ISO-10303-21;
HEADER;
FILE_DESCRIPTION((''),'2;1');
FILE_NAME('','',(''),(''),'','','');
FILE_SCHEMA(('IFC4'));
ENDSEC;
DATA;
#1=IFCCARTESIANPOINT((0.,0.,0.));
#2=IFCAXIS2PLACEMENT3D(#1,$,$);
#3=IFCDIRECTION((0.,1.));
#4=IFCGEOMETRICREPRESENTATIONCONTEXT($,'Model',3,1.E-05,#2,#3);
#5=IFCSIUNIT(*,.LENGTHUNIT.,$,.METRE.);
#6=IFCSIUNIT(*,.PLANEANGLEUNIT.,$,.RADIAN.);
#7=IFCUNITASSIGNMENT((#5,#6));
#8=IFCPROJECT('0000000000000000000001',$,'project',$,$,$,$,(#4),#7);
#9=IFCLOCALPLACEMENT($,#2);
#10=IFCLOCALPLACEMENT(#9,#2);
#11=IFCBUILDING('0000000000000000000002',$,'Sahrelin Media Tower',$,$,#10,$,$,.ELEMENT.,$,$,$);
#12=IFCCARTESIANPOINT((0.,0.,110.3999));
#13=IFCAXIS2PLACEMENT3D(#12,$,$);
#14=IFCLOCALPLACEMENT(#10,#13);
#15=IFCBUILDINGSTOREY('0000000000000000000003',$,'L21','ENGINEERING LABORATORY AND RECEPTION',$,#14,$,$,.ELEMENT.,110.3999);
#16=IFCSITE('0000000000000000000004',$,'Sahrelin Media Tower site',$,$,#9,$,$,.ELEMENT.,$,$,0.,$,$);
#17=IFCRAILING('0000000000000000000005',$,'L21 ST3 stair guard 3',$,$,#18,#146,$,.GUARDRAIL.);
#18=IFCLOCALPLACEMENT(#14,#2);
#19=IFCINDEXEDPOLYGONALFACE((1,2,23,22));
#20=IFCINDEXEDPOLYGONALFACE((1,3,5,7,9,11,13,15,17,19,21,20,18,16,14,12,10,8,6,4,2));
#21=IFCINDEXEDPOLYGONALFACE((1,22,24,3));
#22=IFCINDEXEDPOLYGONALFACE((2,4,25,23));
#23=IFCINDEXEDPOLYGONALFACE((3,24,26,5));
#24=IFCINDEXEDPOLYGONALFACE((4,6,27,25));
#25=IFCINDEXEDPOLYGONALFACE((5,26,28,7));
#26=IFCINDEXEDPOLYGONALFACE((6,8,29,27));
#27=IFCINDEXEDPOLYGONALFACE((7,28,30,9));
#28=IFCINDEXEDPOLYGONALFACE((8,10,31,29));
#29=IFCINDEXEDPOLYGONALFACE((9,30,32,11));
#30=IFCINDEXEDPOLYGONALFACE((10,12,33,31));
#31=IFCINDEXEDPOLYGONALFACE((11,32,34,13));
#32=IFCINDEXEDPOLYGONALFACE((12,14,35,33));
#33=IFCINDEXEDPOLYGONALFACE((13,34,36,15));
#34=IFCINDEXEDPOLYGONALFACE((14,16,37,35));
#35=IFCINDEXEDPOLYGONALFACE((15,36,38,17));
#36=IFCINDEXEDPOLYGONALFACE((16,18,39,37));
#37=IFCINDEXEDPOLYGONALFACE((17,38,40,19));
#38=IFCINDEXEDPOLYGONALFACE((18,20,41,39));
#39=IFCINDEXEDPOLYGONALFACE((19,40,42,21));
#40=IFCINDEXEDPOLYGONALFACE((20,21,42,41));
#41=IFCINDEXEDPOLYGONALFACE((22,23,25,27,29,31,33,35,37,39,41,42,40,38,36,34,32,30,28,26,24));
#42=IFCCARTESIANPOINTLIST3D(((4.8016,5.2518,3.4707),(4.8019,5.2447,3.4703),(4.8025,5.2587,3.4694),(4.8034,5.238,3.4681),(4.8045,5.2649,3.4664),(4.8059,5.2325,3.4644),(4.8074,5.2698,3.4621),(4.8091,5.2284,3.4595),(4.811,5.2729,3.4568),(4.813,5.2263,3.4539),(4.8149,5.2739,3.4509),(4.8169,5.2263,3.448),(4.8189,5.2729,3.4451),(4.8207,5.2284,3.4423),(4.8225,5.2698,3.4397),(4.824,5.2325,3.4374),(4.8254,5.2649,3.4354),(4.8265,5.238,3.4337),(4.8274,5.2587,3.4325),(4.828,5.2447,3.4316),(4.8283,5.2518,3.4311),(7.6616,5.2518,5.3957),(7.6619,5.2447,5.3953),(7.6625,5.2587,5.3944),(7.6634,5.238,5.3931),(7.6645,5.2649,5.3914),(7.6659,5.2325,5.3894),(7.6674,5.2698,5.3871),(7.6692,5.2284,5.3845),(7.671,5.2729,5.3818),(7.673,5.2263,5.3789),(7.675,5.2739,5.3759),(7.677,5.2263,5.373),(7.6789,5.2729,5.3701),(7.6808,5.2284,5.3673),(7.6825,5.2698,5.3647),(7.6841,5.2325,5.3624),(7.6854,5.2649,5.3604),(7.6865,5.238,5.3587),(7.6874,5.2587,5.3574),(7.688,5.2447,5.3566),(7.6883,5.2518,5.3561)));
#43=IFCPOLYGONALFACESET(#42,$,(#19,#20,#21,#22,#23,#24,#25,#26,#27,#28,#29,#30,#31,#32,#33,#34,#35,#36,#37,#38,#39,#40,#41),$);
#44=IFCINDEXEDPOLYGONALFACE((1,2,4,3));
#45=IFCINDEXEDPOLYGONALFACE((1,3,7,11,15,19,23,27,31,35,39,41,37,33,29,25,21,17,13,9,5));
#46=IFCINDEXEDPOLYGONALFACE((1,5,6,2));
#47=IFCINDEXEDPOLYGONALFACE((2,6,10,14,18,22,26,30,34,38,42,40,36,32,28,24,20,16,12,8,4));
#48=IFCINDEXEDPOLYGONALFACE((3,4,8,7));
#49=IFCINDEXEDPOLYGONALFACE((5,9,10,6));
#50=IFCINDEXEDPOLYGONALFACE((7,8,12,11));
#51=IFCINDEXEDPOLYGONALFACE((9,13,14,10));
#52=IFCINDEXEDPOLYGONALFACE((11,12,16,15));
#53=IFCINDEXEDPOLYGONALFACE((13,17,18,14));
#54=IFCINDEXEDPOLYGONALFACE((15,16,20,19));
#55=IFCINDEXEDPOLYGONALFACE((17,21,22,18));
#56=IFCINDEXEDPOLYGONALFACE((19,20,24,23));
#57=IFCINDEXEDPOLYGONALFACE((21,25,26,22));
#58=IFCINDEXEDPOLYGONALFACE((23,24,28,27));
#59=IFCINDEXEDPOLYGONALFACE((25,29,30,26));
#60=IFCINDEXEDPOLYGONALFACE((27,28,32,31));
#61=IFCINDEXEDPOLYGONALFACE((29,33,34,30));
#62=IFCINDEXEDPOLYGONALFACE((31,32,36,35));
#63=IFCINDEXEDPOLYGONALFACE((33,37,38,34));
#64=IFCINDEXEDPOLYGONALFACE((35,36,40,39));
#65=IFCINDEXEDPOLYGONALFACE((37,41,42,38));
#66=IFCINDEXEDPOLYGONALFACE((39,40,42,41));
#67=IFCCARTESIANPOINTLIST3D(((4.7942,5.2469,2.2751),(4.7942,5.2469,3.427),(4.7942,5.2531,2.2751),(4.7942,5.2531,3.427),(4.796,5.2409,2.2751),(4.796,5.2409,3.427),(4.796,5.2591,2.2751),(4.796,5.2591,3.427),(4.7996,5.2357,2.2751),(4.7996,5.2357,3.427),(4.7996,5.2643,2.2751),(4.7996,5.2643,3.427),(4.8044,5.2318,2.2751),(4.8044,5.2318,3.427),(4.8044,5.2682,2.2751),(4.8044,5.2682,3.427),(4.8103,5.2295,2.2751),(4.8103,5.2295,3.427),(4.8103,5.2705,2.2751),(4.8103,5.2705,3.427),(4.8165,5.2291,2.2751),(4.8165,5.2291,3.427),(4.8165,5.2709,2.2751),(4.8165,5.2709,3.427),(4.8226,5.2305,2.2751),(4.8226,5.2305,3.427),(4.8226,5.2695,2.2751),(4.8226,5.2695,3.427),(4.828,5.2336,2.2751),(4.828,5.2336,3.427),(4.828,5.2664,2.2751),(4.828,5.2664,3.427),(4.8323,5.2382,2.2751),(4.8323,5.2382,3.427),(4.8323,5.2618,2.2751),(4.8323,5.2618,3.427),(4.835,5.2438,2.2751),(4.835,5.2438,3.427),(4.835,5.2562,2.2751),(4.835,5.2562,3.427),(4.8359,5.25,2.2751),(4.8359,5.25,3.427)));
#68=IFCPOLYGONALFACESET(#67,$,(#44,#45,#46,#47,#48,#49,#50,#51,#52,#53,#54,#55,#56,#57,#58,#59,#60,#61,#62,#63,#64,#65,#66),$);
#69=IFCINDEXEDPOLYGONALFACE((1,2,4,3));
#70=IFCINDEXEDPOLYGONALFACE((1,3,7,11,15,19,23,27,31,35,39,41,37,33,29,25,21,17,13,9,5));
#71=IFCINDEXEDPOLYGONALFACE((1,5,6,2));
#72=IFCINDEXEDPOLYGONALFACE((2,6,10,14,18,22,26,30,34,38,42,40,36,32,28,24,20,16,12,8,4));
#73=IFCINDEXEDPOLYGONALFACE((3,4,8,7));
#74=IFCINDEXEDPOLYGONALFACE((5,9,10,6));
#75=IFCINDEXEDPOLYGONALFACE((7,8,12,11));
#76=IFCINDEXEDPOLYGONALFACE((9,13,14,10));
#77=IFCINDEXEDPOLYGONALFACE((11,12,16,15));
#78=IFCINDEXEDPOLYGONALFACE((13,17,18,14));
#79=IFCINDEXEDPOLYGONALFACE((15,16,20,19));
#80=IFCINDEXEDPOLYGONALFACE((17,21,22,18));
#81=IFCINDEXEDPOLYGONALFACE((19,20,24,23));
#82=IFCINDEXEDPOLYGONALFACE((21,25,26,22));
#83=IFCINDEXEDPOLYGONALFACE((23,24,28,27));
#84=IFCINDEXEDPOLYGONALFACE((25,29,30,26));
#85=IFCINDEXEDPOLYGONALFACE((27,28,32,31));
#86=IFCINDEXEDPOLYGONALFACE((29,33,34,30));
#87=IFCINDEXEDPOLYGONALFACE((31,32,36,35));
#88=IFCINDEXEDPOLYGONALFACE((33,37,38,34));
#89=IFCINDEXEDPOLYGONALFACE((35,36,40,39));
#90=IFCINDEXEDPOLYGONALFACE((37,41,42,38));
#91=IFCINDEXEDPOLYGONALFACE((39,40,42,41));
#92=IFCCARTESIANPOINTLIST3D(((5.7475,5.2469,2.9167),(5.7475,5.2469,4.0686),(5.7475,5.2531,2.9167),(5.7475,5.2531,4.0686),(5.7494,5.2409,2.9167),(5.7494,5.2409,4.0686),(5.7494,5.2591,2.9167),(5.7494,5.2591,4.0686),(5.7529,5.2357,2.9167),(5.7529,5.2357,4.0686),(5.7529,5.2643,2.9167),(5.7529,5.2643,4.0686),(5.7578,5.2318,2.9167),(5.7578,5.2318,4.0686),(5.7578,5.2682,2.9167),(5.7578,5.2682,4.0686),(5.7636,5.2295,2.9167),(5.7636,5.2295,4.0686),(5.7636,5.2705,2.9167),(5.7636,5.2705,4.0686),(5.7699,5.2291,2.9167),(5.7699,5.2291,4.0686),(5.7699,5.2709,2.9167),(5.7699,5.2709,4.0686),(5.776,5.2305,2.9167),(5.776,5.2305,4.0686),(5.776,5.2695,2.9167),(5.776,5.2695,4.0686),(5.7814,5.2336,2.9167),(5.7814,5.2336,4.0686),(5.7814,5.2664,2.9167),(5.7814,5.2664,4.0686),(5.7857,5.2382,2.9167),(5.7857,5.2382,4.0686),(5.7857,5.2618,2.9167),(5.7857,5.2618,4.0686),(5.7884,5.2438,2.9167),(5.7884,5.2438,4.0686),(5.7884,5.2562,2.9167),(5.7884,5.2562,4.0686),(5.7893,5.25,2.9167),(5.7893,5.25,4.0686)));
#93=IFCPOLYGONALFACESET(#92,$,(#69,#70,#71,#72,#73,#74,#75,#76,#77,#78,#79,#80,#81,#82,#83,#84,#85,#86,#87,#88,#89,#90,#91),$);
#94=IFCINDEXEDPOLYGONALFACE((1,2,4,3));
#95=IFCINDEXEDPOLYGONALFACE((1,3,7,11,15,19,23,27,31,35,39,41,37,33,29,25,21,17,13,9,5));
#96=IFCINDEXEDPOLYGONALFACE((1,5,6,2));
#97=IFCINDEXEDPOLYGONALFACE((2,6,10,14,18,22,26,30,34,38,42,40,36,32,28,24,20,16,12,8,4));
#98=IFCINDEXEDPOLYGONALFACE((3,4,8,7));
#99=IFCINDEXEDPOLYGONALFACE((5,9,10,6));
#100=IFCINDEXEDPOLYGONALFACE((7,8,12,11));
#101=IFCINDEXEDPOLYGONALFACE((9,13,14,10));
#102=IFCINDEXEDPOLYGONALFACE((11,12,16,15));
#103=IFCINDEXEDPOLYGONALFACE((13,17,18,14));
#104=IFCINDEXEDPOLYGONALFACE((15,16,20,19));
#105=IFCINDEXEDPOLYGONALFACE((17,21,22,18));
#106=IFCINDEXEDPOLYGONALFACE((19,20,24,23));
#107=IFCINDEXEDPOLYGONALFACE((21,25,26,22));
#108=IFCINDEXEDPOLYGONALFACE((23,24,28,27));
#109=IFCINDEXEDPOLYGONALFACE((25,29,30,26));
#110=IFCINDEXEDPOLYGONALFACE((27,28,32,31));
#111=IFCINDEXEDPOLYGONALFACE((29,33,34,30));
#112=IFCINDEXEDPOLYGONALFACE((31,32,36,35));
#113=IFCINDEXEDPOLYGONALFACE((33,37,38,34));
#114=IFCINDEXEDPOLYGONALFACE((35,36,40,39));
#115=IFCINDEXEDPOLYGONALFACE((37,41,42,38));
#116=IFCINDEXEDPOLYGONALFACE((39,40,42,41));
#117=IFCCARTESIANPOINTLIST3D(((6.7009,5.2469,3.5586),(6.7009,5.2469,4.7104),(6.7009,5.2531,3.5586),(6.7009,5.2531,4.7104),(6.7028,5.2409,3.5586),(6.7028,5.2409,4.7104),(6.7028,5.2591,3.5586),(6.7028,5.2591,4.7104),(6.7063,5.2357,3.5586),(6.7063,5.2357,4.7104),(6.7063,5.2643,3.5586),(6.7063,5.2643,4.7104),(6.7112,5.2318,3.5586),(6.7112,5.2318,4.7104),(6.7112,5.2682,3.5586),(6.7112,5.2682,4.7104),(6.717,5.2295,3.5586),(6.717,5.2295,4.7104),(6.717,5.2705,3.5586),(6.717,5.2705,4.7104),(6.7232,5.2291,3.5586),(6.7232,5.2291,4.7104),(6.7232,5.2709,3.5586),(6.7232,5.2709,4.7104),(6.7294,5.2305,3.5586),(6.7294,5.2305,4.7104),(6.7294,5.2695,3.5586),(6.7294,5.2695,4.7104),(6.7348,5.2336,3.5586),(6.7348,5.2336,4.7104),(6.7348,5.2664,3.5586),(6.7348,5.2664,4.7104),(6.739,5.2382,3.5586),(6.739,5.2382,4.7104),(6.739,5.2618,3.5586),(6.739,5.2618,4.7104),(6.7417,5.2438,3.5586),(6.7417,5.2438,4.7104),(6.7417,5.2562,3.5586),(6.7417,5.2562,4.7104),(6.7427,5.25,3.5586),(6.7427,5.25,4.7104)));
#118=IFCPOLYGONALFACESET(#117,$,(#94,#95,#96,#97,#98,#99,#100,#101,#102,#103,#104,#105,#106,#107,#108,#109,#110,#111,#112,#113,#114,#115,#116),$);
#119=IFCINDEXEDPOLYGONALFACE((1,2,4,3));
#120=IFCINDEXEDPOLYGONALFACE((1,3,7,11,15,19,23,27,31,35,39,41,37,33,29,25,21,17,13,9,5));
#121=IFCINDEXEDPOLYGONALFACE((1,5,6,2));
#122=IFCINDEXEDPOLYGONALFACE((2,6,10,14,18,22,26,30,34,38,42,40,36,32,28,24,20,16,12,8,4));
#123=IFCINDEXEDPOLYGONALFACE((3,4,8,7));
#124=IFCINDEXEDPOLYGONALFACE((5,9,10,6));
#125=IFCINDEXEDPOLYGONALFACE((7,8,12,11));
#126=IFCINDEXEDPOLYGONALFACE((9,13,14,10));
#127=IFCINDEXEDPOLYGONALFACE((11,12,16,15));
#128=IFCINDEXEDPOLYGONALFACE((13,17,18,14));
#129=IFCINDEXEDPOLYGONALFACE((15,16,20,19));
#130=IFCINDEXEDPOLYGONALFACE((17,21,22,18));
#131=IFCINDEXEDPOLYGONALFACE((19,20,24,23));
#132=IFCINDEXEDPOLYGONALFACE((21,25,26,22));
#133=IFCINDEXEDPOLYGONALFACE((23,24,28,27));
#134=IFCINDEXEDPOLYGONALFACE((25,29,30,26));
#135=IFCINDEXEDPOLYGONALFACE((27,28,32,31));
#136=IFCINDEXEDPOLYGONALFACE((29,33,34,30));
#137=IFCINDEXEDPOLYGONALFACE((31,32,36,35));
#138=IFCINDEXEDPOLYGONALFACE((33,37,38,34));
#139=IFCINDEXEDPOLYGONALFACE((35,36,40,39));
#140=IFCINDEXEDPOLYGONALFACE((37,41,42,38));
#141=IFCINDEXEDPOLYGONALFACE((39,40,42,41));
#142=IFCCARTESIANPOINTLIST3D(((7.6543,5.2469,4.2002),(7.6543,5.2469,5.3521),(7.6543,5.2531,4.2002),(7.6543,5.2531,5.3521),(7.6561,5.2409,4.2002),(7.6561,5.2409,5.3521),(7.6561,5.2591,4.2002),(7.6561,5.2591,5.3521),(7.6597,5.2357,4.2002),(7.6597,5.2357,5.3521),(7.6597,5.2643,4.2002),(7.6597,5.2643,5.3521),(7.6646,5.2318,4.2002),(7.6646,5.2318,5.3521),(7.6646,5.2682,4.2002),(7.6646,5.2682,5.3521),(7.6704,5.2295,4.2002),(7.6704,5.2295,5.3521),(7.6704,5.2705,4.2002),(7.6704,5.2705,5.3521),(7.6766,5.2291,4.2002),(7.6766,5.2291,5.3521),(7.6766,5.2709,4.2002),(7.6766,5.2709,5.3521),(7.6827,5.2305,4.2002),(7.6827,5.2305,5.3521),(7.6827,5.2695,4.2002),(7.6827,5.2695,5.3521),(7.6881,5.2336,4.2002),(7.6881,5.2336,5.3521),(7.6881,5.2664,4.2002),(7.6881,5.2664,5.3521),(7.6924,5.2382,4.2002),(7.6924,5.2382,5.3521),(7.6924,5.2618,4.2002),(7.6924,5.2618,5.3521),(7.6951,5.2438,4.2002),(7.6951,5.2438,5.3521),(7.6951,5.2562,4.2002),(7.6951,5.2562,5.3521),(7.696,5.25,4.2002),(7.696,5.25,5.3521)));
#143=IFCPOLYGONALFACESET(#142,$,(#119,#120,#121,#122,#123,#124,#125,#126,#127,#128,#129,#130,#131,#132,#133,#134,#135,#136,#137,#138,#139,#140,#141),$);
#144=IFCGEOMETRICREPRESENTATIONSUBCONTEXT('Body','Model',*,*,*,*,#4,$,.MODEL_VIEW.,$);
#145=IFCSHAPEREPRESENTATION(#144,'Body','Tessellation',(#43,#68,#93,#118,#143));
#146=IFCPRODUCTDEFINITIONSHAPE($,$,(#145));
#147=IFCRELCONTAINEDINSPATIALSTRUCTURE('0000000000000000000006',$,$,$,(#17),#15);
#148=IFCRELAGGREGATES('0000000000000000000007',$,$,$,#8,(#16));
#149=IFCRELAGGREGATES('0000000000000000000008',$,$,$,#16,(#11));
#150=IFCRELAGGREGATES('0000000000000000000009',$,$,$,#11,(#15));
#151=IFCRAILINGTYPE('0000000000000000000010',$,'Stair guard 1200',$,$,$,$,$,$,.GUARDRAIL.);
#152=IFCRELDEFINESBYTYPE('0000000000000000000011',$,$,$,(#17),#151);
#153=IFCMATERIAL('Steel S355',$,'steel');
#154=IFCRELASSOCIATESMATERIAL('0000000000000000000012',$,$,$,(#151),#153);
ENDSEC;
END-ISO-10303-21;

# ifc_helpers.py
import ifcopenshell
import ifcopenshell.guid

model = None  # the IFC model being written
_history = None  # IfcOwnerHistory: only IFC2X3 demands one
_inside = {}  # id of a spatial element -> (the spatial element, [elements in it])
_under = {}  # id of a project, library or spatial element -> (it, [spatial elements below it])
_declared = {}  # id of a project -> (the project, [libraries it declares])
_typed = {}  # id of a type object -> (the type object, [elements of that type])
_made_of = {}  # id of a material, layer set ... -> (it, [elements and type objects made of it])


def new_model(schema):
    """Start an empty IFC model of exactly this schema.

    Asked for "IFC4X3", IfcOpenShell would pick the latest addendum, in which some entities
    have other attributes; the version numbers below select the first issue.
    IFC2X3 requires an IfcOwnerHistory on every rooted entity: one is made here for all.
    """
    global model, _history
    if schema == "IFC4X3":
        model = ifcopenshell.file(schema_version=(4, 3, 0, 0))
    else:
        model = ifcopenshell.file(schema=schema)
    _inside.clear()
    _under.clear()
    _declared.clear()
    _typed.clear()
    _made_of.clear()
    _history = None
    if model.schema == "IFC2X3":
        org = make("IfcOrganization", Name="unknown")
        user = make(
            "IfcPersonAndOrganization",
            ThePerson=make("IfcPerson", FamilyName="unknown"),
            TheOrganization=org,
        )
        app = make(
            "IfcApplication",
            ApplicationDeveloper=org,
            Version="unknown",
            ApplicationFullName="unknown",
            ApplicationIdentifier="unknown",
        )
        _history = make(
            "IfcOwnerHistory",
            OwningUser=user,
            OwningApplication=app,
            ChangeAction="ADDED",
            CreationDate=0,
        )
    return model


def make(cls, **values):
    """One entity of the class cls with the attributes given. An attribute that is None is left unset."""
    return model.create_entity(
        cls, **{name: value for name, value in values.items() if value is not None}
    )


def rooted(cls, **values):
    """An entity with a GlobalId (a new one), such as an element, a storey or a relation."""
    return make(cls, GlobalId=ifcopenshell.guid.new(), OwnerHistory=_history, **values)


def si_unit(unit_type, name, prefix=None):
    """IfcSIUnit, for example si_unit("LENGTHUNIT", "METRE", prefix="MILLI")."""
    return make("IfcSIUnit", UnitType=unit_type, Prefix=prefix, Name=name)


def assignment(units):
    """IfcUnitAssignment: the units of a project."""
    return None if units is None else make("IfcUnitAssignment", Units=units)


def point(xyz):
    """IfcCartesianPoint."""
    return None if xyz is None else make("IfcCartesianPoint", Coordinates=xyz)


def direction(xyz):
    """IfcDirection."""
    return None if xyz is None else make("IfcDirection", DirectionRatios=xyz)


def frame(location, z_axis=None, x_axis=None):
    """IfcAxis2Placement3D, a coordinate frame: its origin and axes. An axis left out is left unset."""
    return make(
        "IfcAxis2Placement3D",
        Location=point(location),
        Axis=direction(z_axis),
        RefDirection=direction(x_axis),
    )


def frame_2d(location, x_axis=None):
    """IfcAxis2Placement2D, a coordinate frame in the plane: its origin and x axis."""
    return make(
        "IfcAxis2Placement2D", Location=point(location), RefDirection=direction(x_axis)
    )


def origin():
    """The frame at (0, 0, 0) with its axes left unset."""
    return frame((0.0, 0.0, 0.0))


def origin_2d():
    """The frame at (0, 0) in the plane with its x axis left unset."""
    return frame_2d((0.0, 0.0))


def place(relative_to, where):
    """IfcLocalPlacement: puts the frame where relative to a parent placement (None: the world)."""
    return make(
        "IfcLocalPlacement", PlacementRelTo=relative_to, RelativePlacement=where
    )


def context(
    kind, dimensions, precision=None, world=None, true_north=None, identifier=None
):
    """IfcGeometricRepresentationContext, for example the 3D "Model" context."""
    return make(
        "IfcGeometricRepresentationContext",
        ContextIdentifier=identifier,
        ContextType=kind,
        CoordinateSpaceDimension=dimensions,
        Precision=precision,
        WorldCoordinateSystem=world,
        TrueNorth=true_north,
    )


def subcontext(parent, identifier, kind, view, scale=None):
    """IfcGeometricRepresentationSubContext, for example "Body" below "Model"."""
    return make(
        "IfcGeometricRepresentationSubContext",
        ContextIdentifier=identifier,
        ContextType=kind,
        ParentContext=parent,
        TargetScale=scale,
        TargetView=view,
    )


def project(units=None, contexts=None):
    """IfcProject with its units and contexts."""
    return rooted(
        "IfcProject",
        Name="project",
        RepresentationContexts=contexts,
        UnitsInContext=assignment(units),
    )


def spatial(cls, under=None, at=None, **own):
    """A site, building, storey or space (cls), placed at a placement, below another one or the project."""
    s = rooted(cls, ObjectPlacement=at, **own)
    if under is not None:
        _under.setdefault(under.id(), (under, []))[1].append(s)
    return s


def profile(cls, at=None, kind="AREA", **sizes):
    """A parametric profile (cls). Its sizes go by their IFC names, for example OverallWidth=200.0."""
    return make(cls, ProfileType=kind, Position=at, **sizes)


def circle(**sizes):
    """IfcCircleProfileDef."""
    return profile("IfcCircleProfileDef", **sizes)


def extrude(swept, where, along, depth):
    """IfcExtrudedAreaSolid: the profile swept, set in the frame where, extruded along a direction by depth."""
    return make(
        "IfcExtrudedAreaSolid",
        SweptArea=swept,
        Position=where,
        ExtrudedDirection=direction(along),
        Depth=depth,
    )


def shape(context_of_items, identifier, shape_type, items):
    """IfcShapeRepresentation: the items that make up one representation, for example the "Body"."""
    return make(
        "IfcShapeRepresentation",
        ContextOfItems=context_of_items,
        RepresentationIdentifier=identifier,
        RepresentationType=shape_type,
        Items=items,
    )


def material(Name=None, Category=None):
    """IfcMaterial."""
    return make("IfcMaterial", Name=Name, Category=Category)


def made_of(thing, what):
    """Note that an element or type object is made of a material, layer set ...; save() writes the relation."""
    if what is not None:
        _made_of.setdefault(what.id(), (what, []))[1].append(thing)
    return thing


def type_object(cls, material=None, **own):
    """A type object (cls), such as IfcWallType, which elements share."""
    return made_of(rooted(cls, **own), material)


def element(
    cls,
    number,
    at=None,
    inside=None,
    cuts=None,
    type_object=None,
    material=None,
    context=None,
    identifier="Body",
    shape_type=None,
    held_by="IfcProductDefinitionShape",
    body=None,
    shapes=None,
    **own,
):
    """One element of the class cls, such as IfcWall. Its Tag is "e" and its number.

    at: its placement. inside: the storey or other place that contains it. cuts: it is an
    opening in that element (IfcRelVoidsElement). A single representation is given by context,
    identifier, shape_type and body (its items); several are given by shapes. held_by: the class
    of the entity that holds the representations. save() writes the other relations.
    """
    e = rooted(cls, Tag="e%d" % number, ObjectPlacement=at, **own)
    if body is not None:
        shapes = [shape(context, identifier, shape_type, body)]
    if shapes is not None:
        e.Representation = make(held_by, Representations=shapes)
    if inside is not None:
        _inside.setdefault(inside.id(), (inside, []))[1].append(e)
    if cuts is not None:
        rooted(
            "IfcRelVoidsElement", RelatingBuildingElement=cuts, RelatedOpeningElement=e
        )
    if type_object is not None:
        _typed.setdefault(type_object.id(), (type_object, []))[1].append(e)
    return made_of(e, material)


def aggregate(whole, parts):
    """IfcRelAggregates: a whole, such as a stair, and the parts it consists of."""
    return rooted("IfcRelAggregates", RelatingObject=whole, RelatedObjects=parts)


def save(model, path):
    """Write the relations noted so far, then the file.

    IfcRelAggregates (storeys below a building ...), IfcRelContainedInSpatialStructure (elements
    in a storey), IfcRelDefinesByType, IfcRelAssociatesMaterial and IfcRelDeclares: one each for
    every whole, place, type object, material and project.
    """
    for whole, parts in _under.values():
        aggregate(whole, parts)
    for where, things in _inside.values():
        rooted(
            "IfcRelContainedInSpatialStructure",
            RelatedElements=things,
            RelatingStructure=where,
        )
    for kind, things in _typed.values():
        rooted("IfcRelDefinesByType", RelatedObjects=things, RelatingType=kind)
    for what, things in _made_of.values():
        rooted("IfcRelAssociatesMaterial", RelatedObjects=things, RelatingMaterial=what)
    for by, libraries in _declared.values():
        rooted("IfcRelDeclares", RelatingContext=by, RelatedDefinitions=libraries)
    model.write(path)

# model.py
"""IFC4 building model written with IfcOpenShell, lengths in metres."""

from ifc_helpers import new_model, si_unit, direction, frame, origin, origin_2d, place, context, subcontext, project, spatial, circle, extrude, material, type_object, element, save


model = new_model("IFC4")

# Units and contexts
model_context = context("Model", 3, precision=1e-05, world=origin(), true_north=direction((0.0, 1.0)))
body_context = subcontext(model_context, "Body", "Model", "MODEL_VIEW")
ifc_project = project(units=[si_unit("LENGTHUNIT", "METRE"), si_unit("PLANEANGLEUNIT", "RADIAN")], contexts=[model_context])

# Site, building, storey
site_placement = place(None, origin())
site = spatial("IfcSite", under=ifc_project, at=site_placement, Name="Sahrelin Media Tower site", CompositionType="ELEMENT", RefElevation=0.0)
building_placement = place(site_placement, origin())
building = spatial("IfcBuilding", under=site, at=building_placement, Name="Sahrelin Media Tower", CompositionType="ELEMENT")
storey_placement = place(building_placement, frame((0.0, 0.0, 110.3999)))
storey = spatial("IfcBuildingStorey", under=building, at=storey_placement, Name="L21", Description="ENGINEERING LABORATORY AND RECEPTION", CompositionType="ELEMENT", Elevation=110.3999)

# Shared definitions
ifc_material_1 = material(Name="Steel S355", Category="steel")

# Railing
railing_type_1 = type_object("IfcRailingType", Name="Stair guard 1200", PredefinedType="GUARDRAIL", material=ifc_material_1)
railing_1_placement = place(storey_placement, frame((4.8149, 5.25, 2.2751)))
element("IfcRailing", 1, at=railing_1_placement, inside=storey, type_object=railing_type_1, Name="L21 ST3 stair guard 3", PredefinedType="GUARDRAIL", context=body_context, shape_type="SweptSolid", body=[
    extrude(circle(Radius=0.0239, at=origin_2d()), frame((0.0, 0.0, 1.1758), z_axis=(0.829591, 0.0, 0.558372), x_axis=(0.0, 1.0, 0.0)), (0.0, 0.0, 1.0), 3.4475),
    extrude(circle(Radius=0.021, at=origin_2d()), origin(), (0.0, 0.0, 1.0), 1.1519),
    extrude(circle(Radius=0.021, at=origin_2d()), frame((0.9534, 0.0, 0.6416)), (0.0, 0.0, 1.0), 1.1519),
    extrude(circle(Radius=0.021, at=origin_2d()), frame((1.9067, 0.0, 1.2834)), (0.0, 0.0, 1.0), 1.1519),
    extrude(circle(Radius=0.021, at=origin_2d()), frame((2.8601, 0.0, 1.925)), (0.0, 0.0, 1.0), 1.1519),
])

save(model, "model.ifc")
